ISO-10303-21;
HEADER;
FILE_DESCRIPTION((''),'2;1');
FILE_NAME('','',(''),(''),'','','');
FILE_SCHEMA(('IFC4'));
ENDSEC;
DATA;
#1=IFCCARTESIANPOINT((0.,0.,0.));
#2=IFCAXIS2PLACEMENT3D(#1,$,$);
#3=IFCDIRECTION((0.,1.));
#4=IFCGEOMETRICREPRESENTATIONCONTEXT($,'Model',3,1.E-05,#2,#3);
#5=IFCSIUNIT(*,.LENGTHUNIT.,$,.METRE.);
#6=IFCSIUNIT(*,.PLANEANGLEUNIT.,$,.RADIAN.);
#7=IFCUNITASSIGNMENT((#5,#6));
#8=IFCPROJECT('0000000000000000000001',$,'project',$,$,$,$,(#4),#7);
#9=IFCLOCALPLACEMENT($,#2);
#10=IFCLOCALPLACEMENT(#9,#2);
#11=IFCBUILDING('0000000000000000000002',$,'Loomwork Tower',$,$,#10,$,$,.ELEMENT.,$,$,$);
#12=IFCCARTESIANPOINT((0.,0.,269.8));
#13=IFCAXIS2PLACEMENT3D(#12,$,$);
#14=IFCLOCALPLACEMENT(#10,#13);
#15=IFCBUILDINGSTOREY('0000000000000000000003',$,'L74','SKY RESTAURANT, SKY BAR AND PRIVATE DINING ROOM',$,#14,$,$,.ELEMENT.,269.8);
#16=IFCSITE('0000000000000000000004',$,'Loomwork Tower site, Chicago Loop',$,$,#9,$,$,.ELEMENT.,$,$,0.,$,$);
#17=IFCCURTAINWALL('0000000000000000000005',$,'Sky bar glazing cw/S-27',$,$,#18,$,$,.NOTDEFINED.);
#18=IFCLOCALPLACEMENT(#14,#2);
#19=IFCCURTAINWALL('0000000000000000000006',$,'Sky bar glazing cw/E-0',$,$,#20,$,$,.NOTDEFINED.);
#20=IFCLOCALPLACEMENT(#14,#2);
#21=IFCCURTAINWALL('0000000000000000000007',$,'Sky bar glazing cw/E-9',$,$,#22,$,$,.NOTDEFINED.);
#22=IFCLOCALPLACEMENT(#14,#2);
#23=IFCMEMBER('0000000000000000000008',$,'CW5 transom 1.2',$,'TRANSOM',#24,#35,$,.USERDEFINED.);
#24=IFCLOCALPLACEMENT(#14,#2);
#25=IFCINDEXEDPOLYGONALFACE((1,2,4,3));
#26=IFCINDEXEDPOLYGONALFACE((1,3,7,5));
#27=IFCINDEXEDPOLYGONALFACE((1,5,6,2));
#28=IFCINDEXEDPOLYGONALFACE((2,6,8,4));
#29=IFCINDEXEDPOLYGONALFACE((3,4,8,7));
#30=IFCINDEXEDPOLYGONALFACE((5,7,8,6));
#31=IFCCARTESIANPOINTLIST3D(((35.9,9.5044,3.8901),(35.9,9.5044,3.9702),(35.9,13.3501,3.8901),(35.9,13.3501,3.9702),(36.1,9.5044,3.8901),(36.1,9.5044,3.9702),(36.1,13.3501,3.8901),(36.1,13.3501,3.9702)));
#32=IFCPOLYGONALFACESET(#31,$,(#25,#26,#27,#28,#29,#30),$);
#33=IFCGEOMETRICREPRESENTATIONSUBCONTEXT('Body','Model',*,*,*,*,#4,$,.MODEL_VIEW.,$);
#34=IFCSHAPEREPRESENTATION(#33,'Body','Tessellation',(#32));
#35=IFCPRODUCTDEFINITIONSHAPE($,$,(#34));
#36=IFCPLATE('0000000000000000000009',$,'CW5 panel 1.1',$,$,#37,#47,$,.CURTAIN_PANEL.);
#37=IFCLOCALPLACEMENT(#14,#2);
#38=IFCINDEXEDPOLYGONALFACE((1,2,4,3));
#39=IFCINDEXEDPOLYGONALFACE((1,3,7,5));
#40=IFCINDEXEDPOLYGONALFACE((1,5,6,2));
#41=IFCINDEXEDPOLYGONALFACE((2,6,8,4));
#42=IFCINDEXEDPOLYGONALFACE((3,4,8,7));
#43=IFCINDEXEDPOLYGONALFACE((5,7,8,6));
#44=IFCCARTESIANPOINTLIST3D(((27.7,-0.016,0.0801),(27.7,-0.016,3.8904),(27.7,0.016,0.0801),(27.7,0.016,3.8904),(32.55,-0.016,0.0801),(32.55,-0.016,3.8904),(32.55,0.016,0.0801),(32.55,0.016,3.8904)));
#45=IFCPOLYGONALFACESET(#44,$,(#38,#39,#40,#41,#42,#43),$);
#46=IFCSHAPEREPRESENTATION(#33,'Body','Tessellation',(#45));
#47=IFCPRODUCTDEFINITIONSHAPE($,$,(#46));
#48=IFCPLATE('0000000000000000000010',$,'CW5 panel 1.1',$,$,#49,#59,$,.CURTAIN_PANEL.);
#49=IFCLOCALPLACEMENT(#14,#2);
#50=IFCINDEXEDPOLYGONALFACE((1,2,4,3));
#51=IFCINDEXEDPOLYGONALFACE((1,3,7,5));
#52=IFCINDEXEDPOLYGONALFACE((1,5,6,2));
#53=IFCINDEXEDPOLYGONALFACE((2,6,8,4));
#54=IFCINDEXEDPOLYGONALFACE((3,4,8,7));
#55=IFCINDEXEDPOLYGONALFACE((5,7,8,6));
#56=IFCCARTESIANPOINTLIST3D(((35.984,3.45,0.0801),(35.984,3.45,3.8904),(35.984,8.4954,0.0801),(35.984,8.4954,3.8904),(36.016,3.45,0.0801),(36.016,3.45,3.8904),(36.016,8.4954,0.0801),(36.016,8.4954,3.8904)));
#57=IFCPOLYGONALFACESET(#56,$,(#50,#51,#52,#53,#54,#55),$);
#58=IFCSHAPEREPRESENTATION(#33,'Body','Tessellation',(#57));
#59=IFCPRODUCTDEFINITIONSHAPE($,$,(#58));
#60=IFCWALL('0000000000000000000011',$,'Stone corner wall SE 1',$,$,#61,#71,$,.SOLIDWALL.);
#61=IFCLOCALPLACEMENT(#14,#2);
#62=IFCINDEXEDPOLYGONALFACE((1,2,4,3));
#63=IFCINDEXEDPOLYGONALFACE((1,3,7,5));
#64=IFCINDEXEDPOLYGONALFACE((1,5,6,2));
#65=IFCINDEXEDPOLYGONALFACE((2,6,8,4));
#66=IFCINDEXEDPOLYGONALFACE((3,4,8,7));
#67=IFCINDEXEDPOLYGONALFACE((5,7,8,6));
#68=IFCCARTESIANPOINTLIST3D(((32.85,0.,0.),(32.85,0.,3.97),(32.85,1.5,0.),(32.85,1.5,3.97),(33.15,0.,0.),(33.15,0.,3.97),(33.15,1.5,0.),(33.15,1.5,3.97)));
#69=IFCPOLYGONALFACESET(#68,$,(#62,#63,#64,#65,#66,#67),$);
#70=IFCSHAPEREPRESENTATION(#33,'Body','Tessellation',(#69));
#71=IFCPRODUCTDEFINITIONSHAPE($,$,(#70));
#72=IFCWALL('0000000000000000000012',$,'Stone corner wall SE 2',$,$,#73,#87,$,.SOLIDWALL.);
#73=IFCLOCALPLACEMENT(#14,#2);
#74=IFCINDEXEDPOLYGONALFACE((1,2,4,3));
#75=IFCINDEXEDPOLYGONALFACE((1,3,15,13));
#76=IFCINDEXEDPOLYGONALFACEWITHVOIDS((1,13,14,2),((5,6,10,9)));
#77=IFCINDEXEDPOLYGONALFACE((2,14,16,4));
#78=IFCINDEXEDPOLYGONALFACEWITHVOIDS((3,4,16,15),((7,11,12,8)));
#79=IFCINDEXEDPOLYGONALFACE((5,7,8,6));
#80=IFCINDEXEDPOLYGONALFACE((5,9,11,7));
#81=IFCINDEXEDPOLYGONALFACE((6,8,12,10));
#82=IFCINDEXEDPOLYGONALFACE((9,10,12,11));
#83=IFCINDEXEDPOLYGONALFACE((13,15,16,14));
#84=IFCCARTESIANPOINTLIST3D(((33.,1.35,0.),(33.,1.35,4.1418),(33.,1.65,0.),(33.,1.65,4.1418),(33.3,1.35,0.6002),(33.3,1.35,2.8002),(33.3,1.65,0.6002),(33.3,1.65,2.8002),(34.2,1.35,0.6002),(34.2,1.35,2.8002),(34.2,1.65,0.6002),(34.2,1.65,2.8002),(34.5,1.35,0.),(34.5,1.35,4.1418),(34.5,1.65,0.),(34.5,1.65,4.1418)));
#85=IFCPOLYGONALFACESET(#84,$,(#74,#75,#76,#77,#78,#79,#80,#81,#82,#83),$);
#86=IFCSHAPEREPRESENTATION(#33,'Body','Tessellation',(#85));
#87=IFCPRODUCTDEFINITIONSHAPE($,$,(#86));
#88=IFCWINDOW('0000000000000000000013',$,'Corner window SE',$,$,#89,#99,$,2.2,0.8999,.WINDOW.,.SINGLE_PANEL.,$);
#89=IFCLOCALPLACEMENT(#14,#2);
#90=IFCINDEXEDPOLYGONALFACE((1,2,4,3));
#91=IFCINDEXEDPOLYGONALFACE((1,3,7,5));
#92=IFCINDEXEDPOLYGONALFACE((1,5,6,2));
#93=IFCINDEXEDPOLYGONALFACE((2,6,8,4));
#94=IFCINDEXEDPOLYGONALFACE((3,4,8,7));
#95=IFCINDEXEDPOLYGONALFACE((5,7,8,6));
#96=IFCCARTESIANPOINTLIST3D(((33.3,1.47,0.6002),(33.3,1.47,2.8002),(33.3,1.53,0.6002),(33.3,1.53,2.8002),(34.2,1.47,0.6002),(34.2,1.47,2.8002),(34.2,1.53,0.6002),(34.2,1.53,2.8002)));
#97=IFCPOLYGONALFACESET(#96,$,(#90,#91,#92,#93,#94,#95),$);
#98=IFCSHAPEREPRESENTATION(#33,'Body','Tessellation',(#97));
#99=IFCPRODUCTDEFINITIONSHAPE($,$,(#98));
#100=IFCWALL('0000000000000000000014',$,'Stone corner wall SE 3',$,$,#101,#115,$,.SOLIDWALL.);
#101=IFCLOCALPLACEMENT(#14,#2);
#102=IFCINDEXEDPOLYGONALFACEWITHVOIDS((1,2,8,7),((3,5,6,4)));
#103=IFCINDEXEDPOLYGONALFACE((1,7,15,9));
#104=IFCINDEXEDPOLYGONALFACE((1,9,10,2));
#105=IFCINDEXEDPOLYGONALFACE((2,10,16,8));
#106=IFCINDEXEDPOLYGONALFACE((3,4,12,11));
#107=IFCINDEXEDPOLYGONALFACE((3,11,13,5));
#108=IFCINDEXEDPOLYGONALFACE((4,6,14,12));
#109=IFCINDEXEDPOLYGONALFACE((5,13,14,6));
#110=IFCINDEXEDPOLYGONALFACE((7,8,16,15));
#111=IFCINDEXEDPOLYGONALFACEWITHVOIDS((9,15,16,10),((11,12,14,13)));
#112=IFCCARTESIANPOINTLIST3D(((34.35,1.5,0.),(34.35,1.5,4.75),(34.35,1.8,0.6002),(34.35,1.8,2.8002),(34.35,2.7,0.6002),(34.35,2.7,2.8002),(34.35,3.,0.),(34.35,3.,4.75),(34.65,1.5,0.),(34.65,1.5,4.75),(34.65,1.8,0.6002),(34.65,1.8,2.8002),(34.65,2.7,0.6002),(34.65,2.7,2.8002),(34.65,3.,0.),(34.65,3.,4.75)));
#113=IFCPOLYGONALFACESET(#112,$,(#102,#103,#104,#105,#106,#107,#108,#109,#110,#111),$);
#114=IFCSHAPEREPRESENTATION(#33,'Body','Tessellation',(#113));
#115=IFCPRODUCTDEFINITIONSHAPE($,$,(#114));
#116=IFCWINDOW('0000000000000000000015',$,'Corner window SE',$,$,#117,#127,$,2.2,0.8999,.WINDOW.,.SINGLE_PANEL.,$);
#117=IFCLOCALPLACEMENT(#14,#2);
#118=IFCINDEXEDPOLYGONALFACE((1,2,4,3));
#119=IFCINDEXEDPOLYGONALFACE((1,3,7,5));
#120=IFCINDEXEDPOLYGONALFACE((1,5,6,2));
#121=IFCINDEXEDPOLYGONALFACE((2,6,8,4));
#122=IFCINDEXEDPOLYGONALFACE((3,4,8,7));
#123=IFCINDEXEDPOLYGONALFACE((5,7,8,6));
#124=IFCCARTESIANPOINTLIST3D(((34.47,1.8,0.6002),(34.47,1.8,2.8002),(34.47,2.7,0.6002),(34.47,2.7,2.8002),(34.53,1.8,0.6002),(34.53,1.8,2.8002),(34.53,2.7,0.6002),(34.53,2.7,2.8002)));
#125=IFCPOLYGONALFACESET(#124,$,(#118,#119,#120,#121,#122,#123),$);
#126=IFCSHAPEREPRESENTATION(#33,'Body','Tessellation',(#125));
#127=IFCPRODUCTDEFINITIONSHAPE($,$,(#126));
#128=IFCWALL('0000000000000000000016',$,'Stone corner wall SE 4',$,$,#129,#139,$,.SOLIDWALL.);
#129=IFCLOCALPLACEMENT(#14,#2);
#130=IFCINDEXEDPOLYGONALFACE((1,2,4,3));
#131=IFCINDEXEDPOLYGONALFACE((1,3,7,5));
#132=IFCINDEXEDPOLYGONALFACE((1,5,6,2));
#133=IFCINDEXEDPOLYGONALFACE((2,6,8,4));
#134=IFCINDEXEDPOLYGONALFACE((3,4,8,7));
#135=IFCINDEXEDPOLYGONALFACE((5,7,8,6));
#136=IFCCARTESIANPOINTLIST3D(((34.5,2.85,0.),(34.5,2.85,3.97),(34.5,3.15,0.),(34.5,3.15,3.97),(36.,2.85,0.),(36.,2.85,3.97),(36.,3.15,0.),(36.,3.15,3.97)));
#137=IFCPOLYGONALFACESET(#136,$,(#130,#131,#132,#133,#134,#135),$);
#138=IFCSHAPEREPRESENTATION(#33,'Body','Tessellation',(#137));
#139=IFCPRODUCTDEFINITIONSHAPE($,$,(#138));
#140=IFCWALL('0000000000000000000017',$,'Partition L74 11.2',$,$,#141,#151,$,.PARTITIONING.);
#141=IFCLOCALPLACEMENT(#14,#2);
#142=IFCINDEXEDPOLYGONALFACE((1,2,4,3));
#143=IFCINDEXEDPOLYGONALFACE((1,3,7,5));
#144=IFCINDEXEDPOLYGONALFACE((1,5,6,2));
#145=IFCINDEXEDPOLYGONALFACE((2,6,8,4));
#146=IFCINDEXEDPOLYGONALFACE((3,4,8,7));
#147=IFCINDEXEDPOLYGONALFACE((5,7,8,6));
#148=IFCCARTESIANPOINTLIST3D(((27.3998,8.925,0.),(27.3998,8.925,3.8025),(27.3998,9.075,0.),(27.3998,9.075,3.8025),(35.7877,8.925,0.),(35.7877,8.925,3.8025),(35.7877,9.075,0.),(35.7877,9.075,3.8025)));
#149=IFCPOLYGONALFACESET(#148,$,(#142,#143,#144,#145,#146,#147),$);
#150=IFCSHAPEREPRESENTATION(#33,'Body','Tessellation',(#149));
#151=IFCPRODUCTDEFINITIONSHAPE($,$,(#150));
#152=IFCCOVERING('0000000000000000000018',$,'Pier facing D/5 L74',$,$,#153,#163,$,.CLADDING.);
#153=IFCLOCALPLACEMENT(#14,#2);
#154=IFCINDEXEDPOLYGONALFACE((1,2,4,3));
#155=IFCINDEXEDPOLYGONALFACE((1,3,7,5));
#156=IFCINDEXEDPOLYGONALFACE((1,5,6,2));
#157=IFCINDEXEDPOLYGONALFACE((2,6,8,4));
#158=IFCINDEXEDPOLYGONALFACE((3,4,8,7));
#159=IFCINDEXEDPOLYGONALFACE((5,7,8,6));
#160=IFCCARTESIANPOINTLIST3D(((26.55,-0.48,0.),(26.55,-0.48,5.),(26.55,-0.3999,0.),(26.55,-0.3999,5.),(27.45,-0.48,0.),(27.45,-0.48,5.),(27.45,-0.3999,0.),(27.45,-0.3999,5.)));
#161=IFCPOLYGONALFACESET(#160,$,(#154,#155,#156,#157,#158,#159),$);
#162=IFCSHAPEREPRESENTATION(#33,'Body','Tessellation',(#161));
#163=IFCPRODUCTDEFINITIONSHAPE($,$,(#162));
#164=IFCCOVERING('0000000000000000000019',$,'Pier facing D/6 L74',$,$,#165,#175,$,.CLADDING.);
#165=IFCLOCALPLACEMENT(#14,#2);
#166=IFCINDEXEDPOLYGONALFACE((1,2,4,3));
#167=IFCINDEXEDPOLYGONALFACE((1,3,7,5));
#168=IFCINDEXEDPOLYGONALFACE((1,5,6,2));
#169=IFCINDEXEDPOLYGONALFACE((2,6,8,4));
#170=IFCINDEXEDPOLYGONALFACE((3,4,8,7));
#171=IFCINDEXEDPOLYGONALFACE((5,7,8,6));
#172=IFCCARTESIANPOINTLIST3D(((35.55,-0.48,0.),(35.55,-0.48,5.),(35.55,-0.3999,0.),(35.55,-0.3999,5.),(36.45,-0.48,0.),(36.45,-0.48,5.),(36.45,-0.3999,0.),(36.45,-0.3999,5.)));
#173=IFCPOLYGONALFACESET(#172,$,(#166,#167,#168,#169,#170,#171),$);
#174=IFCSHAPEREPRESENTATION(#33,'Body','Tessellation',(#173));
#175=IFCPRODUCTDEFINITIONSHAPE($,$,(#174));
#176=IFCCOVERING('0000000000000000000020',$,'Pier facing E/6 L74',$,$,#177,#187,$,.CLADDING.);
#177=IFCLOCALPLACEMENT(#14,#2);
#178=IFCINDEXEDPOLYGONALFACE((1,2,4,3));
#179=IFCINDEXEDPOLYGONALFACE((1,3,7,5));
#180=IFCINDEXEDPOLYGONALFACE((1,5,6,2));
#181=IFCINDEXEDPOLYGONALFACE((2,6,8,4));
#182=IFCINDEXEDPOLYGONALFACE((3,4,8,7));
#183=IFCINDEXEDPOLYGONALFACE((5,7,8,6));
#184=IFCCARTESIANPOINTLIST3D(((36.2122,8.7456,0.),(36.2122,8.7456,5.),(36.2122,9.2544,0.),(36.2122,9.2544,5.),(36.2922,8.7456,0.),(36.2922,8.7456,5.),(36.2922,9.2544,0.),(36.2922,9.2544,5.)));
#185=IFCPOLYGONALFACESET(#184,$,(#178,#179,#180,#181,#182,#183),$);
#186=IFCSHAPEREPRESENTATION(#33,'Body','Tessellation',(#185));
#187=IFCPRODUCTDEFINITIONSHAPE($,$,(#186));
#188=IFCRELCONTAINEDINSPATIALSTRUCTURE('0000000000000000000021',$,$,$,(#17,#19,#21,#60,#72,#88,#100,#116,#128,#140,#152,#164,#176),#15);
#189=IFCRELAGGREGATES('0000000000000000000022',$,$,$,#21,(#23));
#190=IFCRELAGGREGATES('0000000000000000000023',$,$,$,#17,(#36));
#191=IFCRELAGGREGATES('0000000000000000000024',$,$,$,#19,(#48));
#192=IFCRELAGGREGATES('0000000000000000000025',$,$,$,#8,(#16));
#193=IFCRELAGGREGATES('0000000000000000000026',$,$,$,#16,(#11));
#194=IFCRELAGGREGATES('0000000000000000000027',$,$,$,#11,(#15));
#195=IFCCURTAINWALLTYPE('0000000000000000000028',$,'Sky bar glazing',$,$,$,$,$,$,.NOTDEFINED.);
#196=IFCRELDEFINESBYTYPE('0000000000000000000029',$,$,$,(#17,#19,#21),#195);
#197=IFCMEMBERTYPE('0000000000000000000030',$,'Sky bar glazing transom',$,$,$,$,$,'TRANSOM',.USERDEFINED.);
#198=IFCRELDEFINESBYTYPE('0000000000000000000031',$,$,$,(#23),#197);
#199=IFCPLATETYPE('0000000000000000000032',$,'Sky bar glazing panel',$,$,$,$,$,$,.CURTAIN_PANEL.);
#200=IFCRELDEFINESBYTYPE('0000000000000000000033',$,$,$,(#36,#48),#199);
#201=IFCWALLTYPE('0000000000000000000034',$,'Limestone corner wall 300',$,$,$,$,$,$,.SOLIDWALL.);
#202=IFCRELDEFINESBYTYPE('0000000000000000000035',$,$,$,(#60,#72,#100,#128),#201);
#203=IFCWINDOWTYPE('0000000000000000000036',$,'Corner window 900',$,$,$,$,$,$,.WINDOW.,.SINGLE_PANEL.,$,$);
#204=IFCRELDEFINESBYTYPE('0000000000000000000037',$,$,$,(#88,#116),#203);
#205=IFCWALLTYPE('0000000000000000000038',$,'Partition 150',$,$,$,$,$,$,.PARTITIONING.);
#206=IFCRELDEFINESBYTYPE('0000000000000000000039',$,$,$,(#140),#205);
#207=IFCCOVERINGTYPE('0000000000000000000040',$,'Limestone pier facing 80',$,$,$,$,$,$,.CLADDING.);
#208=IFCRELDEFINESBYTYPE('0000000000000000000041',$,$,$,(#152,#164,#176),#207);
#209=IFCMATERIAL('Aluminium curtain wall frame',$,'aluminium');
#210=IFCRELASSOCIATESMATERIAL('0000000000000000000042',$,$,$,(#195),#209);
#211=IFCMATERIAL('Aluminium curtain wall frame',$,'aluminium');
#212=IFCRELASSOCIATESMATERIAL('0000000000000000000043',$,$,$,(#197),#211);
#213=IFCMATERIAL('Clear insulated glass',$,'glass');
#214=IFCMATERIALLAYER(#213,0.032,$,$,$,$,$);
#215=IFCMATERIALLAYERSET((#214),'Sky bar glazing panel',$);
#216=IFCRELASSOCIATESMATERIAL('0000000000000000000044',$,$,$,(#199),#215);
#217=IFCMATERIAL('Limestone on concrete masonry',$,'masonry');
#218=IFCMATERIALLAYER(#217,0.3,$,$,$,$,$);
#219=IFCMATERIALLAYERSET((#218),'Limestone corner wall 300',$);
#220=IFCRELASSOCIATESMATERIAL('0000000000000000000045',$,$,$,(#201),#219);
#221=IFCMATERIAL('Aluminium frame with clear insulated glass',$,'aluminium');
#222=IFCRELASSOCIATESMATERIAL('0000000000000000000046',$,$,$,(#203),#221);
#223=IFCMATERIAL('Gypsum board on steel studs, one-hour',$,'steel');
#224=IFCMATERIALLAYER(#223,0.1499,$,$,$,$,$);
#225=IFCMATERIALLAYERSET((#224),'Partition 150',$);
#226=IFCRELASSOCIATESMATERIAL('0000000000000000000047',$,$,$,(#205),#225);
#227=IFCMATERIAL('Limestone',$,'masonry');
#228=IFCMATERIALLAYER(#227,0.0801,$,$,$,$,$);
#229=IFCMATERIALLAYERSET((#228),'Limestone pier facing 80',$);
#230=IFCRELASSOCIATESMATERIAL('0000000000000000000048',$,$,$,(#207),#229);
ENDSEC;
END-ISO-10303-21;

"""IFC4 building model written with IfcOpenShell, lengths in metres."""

from ifc_helpers import new_model, si_unit, direction, frame, frame_2d, origin, origin_2d, place, context, subcontext, project, spatial, rectangle, extrude, material, layer, layer_set, material_profile, profile_set, type_object, element, fill, aggregate, save


model = new_model("IFC4")

# Units and contexts
model_context = context("Model", 3, precision=1e-05, world=origin(), true_north=direction((0.0, 1.0)))
body_context = subcontext(model_context, "Body", "Model", "MODEL_VIEW")
ifc_project = project(units=[si_unit("LENGTHUNIT", "METRE"), si_unit("PLANEANGLEUNIT", "RADIAN")], contexts=[model_context])

# Site, building, storey
site_placement = place(None, origin())
site = spatial("IfcSite", under=ifc_project, at=site_placement, Name="Loomwork Tower site, Chicago Loop", CompositionType="ELEMENT", RefElevation=0.0)
building_placement = place(site_placement, origin())
building = spatial("IfcBuilding", under=site, at=building_placement, Name="Loomwork Tower", CompositionType="ELEMENT")
storey_placement = place(building_placement, frame((0.0, 0.0, 269.8)))
storey = spatial("IfcBuildingStorey", under=building, at=storey_placement, Name="L74", Description="SKY RESTAURANT, SKY BAR AND PRIVATE DINING ROOM", CompositionType="ELEMENT", Elevation=269.8)

# Curtain walls
ifc_material_1 = material(Name="Aluminium curtain wall frame", Category="aluminium")
curtain_wall_type = type_object("IfcCurtainWallType", Name="Sky bar glazing", PredefinedType="NOTDEFINED", material=ifc_material_1)
curtain_wall_1_placement = place(storey_placement, origin())
curtain_wall_1 = element("IfcCurtainWall", 1, at=curtain_wall_1_placement, inside=storey, type_object=curtain_wall_type, Name="Sky bar glazing cw/S-27", PredefinedType="NOTDEFINED")
curtain_wall_2_placement = place(storey_placement, origin())
curtain_wall_2 = element("IfcCurtainWall", 2, at=curtain_wall_2_placement, inside=storey, type_object=curtain_wall_type, Name="Sky bar glazing cw/E-0", PredefinedType="NOTDEFINED")

# Curtain wall
curtain_wall_3_placement = place(storey_placement, origin())
curtain_wall_3 = element("IfcCurtainWall", 3, at=curtain_wall_3_placement, inside=storey, type_object=curtain_wall_type, Name="Sky bar glazing cw/E-9", PredefinedType="NOTDEFINED")

# Member
ifc_material_2 = material(Name="Aluminium curtain wall frame", Category="aluminium")
ifc_material_profile_1 = material_profile(ifc_material_2, rectangle(XDim=0.2, YDim=0.0801, at=origin_2d()), Name="AL 80x200")
ifc_profile_set_1 = profile_set([ifc_material_profile_1], Name="Aluminium curtain wall frame")
member_type_1 = type_object("IfcMemberType", Name="Sky bar glazing transom", ElementType="TRANSOM", PredefinedType="USERDEFINED", material=ifc_profile_set_1)
member_1_placement = place(storey_placement, frame((36.0, 9.5044, 3.9302), z_axis=(0.0, 1.0, 0.0), x_axis=(-1.0, 0.0, 0.0)))
member_1 = element("IfcMember", 4, at=member_1_placement, type_object=member_type_1, Name="CW5 transom 1.2", ObjectType="TRANSOM", PredefinedType="USERDEFINED", context=body_context, shape_type="SweptSolid", body=[
    extrude(rectangle(XDim=0.2, YDim=0.0801, at=origin_2d()), origin(), (0.0, 0.0, 1.0), 3.8457),
])
aggregate(curtain_wall_3, [member_1])

# Plates
ifc_material_3 = material(Name="Clear insulated glass", Category="glass")
ifc_layer_1 = layer(ifc_material_3, 0.032)
ifc_layer_set_1 = layer_set([ifc_layer_1], Name="Sky bar glazing panel")
plate_type = type_object("IfcPlateType", Name="Sky bar glazing panel", PredefinedType="CURTAIN_PANEL", material=ifc_layer_set_1)
plate_1_placement = place(storey_placement, frame((30.125, 0.0, 0.0801), z_axis=(0.0, 0.0, 1.0), x_axis=(1.0, 0.0, 0.0)))
plate_1 = element("IfcPlate", 5, at=plate_1_placement, type_object=plate_type, Name="CW5 panel 1.1", PredefinedType="CURTAIN_PANEL", context=body_context, shape_type="SweptSolid", body=[
    extrude(rectangle(XDim=4.8501, YDim=0.032, at=origin_2d()), origin(), (0.0, 0.0, 1.0), 3.8103),
])
aggregate(curtain_wall_1, [plate_1])
plate_2_placement = place(storey_placement, frame((36.0, 5.9727, 0.0801), z_axis=(0.0, 0.0, 1.0), x_axis=(0.0, 1.0, 0.0)))
plate_2 = element("IfcPlate", 6, at=plate_2_placement, type_object=plate_type, Name="CW5 panel 1.1", PredefinedType="CURTAIN_PANEL", context=body_context, shape_type="SweptSolid", body=[
    extrude(rectangle(XDim=5.0454, YDim=0.032, at=origin_2d()), origin(), (0.0, 0.0, 1.0), 3.8103),
])
aggregate(curtain_wall_2, [plate_2])

# Wall
ifc_material_4 = material(Name="Limestone on concrete masonry", Category="masonry")
ifc_layer_2 = layer(ifc_material_4, 0.3)
ifc_layer_set_2 = layer_set([ifc_layer_2], Name="Limestone corner wall 300")
wall_type_1 = type_object("IfcWallType", Name="Limestone corner wall 300", PredefinedType="SOLIDWALL", material=ifc_layer_set_2)
wall_1_placement = place(storey_placement, frame((33.0, 0.0, 0.0), z_axis=(0.0, 0.0, 1.0), x_axis=(0.0, 1.0, 0.0)))
element("IfcWall", 7, at=wall_1_placement, inside=storey, type_object=wall_type_1, Name="Stone corner wall SE 1", PredefinedType="SOLIDWALL", context=body_context, shape_type="SweptSolid", body=[
    extrude(rectangle(XDim=1.5, YDim=0.3, at=frame_2d((0.75, 0.0))), origin(), (0.0, 0.0, 1.0), 3.97),
])

# Walls, openings, windows
wall_2_placement = place(storey_placement, frame((33.0, 1.5, 0.0), z_axis=(0.0, 0.0, 1.0), x_axis=(1.0, 0.0, 0.0)))
wall_2 = element("IfcWall", 8, at=wall_2_placement, inside=storey, type_object=wall_type_1, Name="Stone corner wall SE 2", PredefinedType="SOLIDWALL", context=body_context, shape_type="SweptSolid", body=[
    extrude(rectangle(XDim=1.5, YDim=0.3, at=frame_2d((0.75, 0.0))), origin(), (0.0, 0.0, 1.0), 4.1418),
])
opening_1_placement = place(wall_2_placement, frame((0.3, 0.0, 0.6001)))
opening_1 = element("IfcOpeningElement", 9, at=opening_1_placement, cuts=wall_2, PredefinedType="OPENING", context=body_context, shape_type="SweptSolid", body=[
    extrude(rectangle(XDim=0.8999, YDim=2.2, at=frame_2d((0.45, 1.1001))), frame((0.0, 0.1599, 0.0), z_axis=(0.0, -1.0, 0.0), x_axis=(1.0, 0.0, 0.0)), (0.0, 0.0, 1.0), 0.3201),
])
ifc_material_5 = material(Name="Aluminium frame with clear insulated glass", Category="aluminium")
window_type = type_object("IfcWindowType", Name="Corner window 900", PartitioningType="SINGLE_PANEL", PredefinedType="WINDOW", material=ifc_material_5)
window_1_placement = place(opening_1_placement, origin())
window_1 = element("IfcWindow", 10, at=window_1_placement, inside=storey, type_object=window_type, Name="Corner window SE", OverallHeight=2.2, OverallWidth=0.8999, PartitioningType="SINGLE_PANEL", PredefinedType="WINDOW", context=body_context, shape_type="SweptSolid", body=[
    extrude(rectangle(XDim=0.8999, YDim=2.2, at=frame_2d((0.45, 1.1001))), frame((0.0, 0.03, 0.0), z_axis=(0.0, -1.0, 0.0), x_axis=(1.0, 0.0, 0.0)), (0.0, 0.0, 1.0), 0.0601),
])
fill(opening_1, window_1)
wall_3_placement = place(storey_placement, frame((34.5, 1.5, 0.0), z_axis=(0.0, 0.0, 1.0), x_axis=(0.0, 1.0, 0.0)))
wall_3 = element("IfcWall", 11, at=wall_3_placement, inside=storey, type_object=wall_type_1, Name="Stone corner wall SE 3", PredefinedType="SOLIDWALL", context=body_context, shape_type="SweptSolid", body=[
    extrude(rectangle(XDim=1.5, YDim=0.3, at=frame_2d((0.75, 0.0))), origin(), (0.0, 0.0, 1.0), 4.75),
])
opening_2_placement = place(wall_3_placement, frame((0.3, 0.0, 0.6001)))
opening_2 = element("IfcOpeningElement", 12, at=opening_2_placement, cuts=wall_3, PredefinedType="OPENING", context=body_context, shape_type="SweptSolid", body=[
    extrude(rectangle(XDim=0.8999, YDim=2.2, at=frame_2d((0.45, 1.1001))), frame((0.0, 0.1599, 0.0), z_axis=(0.0, -1.0, 0.0), x_axis=(1.0, 0.0, 0.0)), (0.0, 0.0, 1.0), 0.3201),
])
window_2_placement = place(opening_2_placement, origin())
window_2 = element("IfcWindow", 13, at=window_2_placement, inside=storey, type_object=window_type, Name="Corner window SE", OverallHeight=2.2, OverallWidth=0.8999, PartitioningType="SINGLE_PANEL", PredefinedType="WINDOW", context=body_context, shape_type="SweptSolid", body=[
    extrude(rectangle(XDim=0.8999, YDim=2.2, at=frame_2d((0.45, 1.1001))), frame((0.0, 0.03, 0.0), z_axis=(0.0, -1.0, 0.0), x_axis=(1.0, 0.0, 0.0)), (0.0, 0.0, 1.0), 0.0601),
])
fill(opening_2, window_2)

# Walls
wall_4_placement = place(storey_placement, frame((34.5, 3.0, 0.0), z_axis=(0.0, 0.0, 1.0), x_axis=(1.0, 0.0, 0.0)))
element("IfcWall", 14, at=wall_4_placement, inside=storey, type_object=wall_type_1, Name="Stone corner wall SE 4", PredefinedType="SOLIDWALL", context=body_context, shape_type="SweptSolid", body=[
    extrude(rectangle(XDim=1.5, YDim=0.3, at=frame_2d((0.75, 0.0))), origin(), (0.0, 0.0, 1.0), 3.97),
])
ifc_material_6 = material(Name="Gypsum board on steel studs, one-hour", Category="steel")
ifc_layer_3 = layer(ifc_material_6, 0.1499)
ifc_layer_set_3 = layer_set([ifc_layer_3], Name="Partition 150")
wall_type_2 = type_object("IfcWallType", Name="Partition 150", PredefinedType="PARTITIONING", material=ifc_layer_set_3)
wall_5_placement = place(storey_placement, frame((27.3999, 9.0, 0.0), z_axis=(0.0, 0.0, 1.0), x_axis=(1.0, 0.0, 0.0)))
element("IfcWall", 15, at=wall_5_placement, inside=storey, type_object=wall_type_2, Name="Partition L74 11.2", PredefinedType="PARTITIONING", context=body_context, shape_type="SweptSolid", body=[
    extrude(rectangle(XDim=8.3879, YDim=0.1499, at=frame_2d((4.1938, 0.0))), origin(), (0.0, 0.0, 1.0), 3.8025),
])

# Coverings
ifc_material_7 = material(Name="Limestone", Category="masonry")
ifc_layer_4 = layer(ifc_material_7, 0.0801)
ifc_layer_set_4 = layer_set([ifc_layer_4], Name="Limestone pier facing 80")
covering_type = type_object("IfcCoveringType", Name="Limestone pier facing 80", PredefinedType="CLADDING", material=ifc_layer_set_4)
for number, where, z_axis, x_axis, name in (
    (16, (27.0, -0.4399, 0.0), (0.0, 0.0, 1.0), (1.0, 0.0, 0.0), "Pier facing D/5 L74"),
    (17, (36.0, -0.4399, 0.0), (0.0, 0.0, 1.0), (1.0, 0.0, 0.0), "Pier facing D/6 L74"),
):
    element("IfcCovering", number, at=place(storey_placement, frame(where, z_axis=z_axis, x_axis=x_axis)), inside=storey, type_object=covering_type, Name=name, PredefinedType="CLADDING", context=body_context, shape_type="SweptSolid", body=[
        extrude(rectangle(XDim=0.8999, YDim=0.0801, at=origin_2d()), origin(), (0.0, 0.0, 1.0), 5.0),
    ])
covering_placement = place(storey_placement, frame((36.2522, 9.0, 0.0), z_axis=(0.0, 0.0, 1.0), x_axis=(1.0, 0.0, 0.0)))
element("IfcCovering", 18, at=covering_placement, inside=storey, type_object=covering_type, Name="Pier facing E/6 L74", PredefinedType="CLADDING", context=body_context, shape_type="SweptSolid", body=[
    extrude(rectangle(XDim=0.0801, YDim=0.5088, at=origin_2d()), origin(), (0.0, 0.0, 1.0), 5.0),
])

save(model, "model.ifc")
